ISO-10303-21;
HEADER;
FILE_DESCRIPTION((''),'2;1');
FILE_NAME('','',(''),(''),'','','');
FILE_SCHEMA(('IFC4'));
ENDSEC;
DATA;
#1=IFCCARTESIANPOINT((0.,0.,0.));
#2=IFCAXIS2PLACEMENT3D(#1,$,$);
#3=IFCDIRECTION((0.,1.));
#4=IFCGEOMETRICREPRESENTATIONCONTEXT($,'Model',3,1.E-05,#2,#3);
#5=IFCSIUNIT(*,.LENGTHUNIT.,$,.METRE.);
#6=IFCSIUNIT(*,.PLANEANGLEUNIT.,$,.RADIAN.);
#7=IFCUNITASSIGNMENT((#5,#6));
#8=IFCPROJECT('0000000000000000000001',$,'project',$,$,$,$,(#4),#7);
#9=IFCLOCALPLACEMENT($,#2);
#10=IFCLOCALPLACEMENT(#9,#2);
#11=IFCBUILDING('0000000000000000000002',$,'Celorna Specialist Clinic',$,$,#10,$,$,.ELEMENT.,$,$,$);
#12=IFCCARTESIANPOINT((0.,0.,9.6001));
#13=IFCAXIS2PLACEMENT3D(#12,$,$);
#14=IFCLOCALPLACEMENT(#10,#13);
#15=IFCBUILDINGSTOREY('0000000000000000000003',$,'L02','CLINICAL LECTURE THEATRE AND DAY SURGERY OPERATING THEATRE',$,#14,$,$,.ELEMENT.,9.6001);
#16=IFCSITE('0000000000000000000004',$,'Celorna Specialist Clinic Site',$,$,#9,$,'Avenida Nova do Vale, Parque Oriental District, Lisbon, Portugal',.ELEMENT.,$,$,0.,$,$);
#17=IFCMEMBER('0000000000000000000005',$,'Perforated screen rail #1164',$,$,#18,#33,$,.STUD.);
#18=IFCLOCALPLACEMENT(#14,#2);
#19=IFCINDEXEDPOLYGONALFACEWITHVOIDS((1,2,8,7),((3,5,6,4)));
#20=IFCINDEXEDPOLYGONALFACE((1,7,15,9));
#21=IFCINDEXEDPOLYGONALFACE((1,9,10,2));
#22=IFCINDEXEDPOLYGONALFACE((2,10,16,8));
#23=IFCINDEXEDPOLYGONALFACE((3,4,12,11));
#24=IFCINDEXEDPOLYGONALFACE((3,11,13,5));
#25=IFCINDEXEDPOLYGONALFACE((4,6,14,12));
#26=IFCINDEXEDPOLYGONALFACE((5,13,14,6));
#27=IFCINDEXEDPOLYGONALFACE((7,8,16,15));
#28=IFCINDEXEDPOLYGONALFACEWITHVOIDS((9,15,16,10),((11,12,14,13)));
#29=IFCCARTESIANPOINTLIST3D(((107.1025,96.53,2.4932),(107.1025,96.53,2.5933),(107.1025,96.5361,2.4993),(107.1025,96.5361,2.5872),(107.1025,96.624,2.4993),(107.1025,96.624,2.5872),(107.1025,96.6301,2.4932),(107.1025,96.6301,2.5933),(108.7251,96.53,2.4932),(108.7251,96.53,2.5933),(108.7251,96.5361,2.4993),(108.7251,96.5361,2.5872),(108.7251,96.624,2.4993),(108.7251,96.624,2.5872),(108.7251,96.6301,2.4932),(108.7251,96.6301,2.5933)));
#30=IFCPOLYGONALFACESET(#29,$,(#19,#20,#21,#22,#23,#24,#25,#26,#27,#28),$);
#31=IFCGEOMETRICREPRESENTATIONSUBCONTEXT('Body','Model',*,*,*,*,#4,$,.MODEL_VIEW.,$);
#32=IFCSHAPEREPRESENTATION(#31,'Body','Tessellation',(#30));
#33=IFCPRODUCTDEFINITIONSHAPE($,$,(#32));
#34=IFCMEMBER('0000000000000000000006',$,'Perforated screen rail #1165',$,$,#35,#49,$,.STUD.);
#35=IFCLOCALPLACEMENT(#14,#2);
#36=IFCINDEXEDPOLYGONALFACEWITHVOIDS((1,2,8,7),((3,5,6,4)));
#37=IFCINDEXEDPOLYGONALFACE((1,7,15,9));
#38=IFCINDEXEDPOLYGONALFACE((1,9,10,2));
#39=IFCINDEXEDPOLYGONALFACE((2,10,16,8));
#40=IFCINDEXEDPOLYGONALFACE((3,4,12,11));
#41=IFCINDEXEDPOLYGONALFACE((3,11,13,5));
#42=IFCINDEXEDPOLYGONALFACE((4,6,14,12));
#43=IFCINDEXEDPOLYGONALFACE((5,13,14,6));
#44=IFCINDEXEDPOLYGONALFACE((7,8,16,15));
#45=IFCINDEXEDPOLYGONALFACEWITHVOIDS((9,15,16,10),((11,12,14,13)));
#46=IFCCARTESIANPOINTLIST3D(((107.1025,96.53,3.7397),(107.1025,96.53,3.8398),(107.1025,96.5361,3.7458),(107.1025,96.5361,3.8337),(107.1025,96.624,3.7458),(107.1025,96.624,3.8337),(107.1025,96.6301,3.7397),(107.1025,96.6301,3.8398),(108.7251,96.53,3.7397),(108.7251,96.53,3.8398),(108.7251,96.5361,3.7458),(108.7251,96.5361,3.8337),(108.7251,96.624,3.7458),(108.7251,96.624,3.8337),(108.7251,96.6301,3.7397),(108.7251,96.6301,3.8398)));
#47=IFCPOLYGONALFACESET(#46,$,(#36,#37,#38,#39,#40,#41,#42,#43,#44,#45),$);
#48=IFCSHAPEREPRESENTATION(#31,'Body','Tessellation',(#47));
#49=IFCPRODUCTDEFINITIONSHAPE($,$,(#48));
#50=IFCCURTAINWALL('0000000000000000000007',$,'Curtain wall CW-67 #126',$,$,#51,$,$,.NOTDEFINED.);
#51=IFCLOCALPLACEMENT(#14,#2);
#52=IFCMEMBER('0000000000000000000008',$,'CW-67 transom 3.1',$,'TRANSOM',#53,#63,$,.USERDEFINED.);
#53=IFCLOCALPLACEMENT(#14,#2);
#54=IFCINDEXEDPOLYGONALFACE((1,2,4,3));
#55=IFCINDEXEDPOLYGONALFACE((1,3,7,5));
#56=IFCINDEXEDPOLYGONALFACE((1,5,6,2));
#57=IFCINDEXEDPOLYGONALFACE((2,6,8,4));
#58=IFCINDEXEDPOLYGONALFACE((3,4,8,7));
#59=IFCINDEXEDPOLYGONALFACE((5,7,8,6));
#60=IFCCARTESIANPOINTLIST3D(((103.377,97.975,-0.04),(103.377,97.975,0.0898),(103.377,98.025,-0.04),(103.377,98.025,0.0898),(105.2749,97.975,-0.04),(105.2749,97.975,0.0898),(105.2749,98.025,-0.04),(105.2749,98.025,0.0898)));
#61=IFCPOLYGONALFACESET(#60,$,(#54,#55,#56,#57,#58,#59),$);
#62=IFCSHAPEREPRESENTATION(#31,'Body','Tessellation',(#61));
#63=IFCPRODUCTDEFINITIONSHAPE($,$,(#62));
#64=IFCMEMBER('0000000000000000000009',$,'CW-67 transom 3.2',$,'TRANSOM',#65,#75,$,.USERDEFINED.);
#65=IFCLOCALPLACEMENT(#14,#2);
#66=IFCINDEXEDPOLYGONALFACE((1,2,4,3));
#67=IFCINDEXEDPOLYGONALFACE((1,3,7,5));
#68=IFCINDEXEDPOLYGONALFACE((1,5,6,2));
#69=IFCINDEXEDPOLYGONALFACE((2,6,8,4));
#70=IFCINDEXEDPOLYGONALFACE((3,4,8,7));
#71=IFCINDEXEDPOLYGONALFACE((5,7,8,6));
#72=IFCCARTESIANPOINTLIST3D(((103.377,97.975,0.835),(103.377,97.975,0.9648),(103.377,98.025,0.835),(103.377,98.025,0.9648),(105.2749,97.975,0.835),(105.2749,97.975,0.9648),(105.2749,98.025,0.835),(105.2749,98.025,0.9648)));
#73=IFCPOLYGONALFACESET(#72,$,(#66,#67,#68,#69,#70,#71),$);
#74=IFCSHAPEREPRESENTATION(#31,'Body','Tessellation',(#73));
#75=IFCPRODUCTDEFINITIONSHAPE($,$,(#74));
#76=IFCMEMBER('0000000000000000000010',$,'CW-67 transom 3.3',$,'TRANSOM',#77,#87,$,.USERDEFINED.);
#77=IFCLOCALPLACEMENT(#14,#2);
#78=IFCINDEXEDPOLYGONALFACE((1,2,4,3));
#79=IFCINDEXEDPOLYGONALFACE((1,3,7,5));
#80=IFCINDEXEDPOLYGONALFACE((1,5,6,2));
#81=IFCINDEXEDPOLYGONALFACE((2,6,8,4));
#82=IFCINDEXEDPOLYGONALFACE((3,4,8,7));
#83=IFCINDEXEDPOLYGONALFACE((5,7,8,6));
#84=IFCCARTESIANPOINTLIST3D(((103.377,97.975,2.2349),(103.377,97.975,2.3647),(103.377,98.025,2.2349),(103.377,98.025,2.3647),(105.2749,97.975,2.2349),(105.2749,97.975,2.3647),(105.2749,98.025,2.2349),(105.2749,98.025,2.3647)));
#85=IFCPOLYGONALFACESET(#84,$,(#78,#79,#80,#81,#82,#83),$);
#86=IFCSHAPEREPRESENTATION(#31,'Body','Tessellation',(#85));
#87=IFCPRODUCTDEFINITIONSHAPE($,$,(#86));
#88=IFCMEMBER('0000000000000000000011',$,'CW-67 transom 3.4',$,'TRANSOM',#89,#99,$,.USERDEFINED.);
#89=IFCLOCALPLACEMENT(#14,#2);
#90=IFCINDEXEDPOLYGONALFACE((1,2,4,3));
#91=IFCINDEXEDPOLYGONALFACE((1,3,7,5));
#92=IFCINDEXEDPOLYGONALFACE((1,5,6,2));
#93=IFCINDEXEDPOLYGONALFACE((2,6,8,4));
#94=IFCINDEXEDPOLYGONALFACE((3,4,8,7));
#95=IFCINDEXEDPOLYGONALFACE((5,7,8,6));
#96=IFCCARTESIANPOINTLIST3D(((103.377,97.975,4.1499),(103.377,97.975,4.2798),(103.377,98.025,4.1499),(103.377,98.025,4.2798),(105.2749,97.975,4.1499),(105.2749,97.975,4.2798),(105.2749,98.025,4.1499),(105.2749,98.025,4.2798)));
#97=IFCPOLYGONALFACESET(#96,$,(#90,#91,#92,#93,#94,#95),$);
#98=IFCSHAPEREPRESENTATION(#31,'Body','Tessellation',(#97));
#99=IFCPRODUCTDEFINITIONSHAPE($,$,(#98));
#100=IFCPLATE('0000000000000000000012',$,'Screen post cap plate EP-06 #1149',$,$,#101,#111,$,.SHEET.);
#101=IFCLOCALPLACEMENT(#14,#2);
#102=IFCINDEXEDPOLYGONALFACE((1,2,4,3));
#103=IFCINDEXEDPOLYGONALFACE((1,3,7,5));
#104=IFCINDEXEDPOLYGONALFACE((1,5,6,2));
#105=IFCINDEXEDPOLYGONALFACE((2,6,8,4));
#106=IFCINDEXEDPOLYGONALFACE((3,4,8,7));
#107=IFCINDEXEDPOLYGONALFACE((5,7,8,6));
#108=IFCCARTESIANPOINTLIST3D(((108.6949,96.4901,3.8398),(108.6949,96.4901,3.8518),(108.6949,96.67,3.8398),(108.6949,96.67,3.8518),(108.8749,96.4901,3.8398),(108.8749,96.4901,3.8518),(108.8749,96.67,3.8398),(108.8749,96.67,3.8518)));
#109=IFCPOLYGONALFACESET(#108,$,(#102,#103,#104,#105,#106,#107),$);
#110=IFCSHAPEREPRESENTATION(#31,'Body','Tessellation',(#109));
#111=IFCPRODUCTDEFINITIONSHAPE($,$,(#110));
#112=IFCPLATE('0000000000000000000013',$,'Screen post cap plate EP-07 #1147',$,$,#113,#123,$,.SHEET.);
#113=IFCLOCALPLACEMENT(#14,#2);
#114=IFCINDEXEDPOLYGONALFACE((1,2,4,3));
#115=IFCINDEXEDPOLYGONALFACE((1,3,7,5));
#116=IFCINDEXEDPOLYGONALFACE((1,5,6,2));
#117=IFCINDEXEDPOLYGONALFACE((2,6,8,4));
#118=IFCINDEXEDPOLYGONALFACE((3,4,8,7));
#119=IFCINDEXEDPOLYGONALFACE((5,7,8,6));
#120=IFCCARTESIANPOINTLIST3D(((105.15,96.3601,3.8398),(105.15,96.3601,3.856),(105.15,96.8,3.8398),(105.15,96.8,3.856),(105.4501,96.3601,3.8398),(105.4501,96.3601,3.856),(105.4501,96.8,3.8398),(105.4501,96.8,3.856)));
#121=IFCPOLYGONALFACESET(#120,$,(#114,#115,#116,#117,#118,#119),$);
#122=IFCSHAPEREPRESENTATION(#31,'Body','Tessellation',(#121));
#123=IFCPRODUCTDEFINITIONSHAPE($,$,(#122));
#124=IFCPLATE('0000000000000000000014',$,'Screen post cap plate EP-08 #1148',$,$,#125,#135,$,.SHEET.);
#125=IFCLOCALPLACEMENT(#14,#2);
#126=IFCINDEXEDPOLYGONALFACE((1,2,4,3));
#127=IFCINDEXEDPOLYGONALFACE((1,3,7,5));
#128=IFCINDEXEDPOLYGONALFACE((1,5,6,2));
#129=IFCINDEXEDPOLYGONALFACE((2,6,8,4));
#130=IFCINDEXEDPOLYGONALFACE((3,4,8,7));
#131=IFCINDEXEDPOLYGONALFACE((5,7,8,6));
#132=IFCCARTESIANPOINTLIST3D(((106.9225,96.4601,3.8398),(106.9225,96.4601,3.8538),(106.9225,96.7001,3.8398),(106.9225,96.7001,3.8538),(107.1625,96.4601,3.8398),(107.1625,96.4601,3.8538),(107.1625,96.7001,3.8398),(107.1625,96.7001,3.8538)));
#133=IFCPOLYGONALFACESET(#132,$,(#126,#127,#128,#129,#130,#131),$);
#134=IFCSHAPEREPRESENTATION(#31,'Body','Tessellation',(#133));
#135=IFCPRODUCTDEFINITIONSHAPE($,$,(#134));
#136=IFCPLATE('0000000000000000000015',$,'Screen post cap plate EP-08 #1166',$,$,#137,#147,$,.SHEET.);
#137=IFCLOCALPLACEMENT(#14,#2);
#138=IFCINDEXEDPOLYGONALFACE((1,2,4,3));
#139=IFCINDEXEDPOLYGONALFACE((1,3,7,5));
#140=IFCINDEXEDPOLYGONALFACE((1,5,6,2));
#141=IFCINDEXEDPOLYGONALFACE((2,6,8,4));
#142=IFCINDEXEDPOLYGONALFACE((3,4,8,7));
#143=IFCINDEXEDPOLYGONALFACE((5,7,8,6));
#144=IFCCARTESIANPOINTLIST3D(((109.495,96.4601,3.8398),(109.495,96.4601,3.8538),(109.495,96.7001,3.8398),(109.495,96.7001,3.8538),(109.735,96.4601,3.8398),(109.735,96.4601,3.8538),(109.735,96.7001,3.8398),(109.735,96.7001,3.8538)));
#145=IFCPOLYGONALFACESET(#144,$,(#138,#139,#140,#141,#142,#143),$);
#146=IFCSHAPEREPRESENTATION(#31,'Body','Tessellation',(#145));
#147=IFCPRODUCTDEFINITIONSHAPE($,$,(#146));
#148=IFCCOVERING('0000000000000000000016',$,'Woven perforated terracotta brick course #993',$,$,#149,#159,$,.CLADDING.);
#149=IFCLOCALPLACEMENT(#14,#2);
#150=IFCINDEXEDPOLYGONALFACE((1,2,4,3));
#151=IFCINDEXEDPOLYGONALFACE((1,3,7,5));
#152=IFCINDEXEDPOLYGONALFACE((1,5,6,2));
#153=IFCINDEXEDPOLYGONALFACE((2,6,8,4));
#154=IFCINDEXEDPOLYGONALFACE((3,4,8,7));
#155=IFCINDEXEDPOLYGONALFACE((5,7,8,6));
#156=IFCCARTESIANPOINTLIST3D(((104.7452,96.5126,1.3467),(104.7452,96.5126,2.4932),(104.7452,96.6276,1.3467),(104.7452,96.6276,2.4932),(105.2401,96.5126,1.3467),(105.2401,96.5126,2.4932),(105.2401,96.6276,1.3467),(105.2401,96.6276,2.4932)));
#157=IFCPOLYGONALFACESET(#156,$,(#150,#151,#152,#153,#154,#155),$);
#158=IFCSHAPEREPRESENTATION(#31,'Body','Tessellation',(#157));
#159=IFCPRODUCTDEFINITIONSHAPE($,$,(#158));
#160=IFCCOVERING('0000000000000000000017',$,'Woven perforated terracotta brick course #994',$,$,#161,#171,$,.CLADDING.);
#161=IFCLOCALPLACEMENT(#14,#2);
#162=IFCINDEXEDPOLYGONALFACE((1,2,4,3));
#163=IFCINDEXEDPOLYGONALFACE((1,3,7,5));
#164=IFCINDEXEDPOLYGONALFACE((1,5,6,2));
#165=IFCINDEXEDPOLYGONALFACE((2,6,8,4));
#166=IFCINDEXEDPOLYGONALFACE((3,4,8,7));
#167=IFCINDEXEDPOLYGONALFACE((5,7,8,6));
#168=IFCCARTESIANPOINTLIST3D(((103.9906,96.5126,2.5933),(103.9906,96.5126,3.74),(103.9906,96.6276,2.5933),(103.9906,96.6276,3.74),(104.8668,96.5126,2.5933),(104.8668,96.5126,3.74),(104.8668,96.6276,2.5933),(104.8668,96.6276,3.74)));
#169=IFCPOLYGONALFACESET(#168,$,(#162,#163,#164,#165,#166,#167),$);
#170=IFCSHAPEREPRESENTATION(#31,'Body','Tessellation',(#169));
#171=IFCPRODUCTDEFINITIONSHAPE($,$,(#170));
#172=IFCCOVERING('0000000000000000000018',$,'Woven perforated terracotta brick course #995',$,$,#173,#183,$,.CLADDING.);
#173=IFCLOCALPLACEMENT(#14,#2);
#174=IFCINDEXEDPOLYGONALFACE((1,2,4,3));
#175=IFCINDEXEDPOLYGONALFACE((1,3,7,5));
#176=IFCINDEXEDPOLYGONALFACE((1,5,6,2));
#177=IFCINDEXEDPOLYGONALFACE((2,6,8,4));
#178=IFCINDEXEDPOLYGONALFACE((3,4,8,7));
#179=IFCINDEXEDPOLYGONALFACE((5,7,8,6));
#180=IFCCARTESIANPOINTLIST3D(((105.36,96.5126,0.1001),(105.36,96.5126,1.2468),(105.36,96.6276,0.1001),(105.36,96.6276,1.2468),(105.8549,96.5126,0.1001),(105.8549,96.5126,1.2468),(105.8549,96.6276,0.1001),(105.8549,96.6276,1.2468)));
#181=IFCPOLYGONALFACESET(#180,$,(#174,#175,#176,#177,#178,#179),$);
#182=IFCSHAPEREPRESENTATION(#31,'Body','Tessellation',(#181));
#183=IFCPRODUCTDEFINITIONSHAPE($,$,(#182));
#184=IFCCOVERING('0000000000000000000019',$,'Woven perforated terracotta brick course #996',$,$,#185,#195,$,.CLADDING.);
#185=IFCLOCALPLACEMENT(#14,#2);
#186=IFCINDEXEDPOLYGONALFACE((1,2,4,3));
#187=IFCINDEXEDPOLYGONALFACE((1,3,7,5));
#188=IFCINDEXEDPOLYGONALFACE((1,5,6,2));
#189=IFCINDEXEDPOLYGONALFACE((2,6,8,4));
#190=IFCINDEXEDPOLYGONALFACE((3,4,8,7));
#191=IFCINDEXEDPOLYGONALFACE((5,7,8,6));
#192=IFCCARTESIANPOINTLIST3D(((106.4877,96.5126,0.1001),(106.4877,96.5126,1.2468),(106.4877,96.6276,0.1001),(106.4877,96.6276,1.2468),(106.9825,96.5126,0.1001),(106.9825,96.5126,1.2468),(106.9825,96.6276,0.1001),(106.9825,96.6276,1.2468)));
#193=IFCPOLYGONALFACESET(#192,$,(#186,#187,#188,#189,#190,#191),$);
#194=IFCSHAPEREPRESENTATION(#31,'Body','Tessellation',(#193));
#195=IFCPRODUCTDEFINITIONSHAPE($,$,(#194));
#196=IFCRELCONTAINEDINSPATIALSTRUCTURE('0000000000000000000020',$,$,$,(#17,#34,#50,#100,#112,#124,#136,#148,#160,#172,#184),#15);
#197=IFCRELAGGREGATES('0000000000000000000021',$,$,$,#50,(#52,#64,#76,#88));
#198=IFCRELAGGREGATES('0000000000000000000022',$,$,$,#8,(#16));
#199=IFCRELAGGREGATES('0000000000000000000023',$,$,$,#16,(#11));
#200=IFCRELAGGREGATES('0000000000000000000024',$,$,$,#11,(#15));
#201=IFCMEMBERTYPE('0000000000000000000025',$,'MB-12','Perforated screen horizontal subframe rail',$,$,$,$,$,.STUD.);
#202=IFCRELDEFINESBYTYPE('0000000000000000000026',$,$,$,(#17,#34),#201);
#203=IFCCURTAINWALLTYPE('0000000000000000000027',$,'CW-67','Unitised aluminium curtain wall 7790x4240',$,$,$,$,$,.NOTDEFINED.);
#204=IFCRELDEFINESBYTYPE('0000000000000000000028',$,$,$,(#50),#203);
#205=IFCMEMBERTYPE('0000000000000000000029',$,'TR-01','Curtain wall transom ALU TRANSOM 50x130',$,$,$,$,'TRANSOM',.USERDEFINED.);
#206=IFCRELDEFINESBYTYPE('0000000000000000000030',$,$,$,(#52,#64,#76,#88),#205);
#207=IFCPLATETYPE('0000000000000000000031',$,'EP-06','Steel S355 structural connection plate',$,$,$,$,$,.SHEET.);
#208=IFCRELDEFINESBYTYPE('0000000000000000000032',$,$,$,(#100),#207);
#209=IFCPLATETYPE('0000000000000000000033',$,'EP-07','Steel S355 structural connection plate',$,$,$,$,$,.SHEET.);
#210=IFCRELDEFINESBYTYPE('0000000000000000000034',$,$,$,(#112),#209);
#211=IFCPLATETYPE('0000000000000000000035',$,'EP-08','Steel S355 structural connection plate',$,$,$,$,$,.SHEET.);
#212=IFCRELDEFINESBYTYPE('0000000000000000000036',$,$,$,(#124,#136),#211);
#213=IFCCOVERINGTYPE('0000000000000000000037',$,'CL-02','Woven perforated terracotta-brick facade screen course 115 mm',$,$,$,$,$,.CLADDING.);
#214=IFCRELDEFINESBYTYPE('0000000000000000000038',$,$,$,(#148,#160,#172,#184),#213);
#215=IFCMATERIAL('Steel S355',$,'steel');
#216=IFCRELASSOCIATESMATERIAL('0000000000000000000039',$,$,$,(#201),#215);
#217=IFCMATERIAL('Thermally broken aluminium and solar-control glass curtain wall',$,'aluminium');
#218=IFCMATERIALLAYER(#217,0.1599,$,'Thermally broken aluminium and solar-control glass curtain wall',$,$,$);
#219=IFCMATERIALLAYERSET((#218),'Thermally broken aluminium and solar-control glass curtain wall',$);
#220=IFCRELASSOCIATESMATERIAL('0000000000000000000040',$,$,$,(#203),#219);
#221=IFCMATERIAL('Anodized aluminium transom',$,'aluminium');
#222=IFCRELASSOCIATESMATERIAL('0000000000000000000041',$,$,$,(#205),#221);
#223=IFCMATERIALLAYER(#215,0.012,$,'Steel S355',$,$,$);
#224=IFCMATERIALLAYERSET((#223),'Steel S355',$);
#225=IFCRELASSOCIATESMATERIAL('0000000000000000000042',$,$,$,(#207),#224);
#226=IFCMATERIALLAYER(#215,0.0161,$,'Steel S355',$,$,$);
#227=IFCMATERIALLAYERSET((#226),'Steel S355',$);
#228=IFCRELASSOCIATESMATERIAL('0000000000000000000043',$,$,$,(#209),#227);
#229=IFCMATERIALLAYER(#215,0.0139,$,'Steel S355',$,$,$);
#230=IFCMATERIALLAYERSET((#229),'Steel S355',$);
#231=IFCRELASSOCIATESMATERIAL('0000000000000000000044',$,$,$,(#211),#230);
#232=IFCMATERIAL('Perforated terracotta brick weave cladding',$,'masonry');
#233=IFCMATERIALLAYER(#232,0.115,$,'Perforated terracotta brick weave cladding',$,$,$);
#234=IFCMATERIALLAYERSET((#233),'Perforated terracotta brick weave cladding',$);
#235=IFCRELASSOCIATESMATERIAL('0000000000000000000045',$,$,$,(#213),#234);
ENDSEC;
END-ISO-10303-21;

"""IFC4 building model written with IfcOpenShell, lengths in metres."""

from ifc_helpers import new_model, si_unit, direction, frame, origin, origin_2d, place, context, subcontext, project, spatial, rectangle, hollow_rectangle, extrude, material, layer, layer_set, material_profile, profile_set, type_object, element, aggregate, save


model = new_model("IFC4")

# Units and contexts
model_context = context("Model", 3, precision=1e-05, world=origin(), true_north=direction((0.0, 1.0)))
body_context = subcontext(model_context, "Body", "Model", "MODEL_VIEW")
ifc_project = project(units=[si_unit("LENGTHUNIT", "METRE"), si_unit("PLANEANGLEUNIT", "RADIAN")], contexts=[model_context])

# Site, building, storey
site_placement = place(None, origin())
site = spatial("IfcSite", under=ifc_project, at=site_placement, Name="Celorna Specialist Clinic Site", LongName="Avenida Nova do Vale, Parque Oriental District, Lisbon, Portugal", CompositionType="ELEMENT", RefElevation=0.0)
building_placement = place(site_placement, origin())
building = spatial("IfcBuilding", under=site, at=building_placement, Name="Celorna Specialist Clinic", CompositionType="ELEMENT")
storey_placement = place(building_placement, frame((0.0, 0.0, 9.6001)))
storey = spatial("IfcBuildingStorey", under=building, at=storey_placement, Name="L02", Description="CLINICAL LECTURE THEATRE AND DAY SURGERY OPERATING THEATRE", CompositionType="ELEMENT", Elevation=9.6001)

# Shared definitions
ifc_material_1 = material(Name="Steel S355", Category="steel")

# Members
ifc_material_profile_1 = material_profile(ifc_material_1, hollow_rectangle(XDim=0.1001, YDim=0.1001, WallThickness=0.0061, at=origin_2d()), Name="SHS 100x100x6")
ifc_profile_set_1 = profile_set([ifc_material_profile_1], Name="Steel S355")
member_type_1 = type_object("IfcMemberType", Name="MB-12", Description="Perforated screen horizontal subframe rail", PredefinedType="STUD", material=ifc_profile_set_1)
for number, where, z_axis, x_axis, name in (
    (1, (107.1025, 96.5801, 2.5432), (1.0, 0.0, 0.0), (0.0, 1.0, 0.0), "Perforated screen rail #1164"),
    (2, (107.1025, 96.5801, 3.7898), (1.0, 0.0, 0.0), (0.0, 1.0, 0.0), "Perforated screen rail #1165"),
):
    element("IfcMember", number, at=place(storey_placement, frame(where, z_axis=z_axis, x_axis=x_axis)), inside=storey, type_object=member_type_1, Name=name, PredefinedType="STUD", context=body_context, shape_type="SweptSolid", body=[
        extrude(hollow_rectangle(XDim=0.1001, YDim=0.1001, WallThickness=0.0061, at=origin_2d()), origin(), (0.0, 0.0, 1.0), 1.6226),
    ])

# Curtain wall, members
ifc_material_2 = material(Name="Thermally broken aluminium and solar-control glass curtain wall", Category="aluminium")
ifc_layer_1 = layer(ifc_material_2, 0.1599, Name="Thermally broken aluminium and solar-control glass curtain wall")
ifc_layer_set_1 = layer_set([ifc_layer_1], Name="Thermally broken aluminium and solar-control glass curtain wall")
curtain_wall_type = type_object("IfcCurtainWallType", Name="CW-67", Description="Unitised aluminium curtain wall 7790x4240", PredefinedType="NOTDEFINED", material=ifc_layer_set_1)
curtain_wall_placement = place(storey_placement, origin())
curtain_wall = element("IfcCurtainWall", 3, at=curtain_wall_placement, inside=storey, type_object=curtain_wall_type, Name="Curtain wall CW-67 #126", PredefinedType="NOTDEFINED")
ifc_material_3 = material(Name="Anodized aluminium transom", Category="aluminium")
ifc_material_profile_2 = material_profile(ifc_material_3, rectangle(XDim=0.05, YDim=0.1299, at=origin_2d()), Name="ALU TRANSOM 50x130")
ifc_profile_set_2 = profile_set([ifc_material_profile_2], Name="Anodized aluminium transom")
member_type_2 = type_object("IfcMemberType", Name="TR-01", Description="Curtain wall transom ALU TRANSOM 50x130", ElementType="TRANSOM", PredefinedType="USERDEFINED", material=ifc_profile_set_2)
member_1_placement = place(storey_placement, frame((105.2749, 98.0, 0.0249), z_axis=(-1.0, 0.0, 0.0), x_axis=(0.0, -1.0, 0.0)))
member_1 = element("IfcMember", 4, at=member_1_placement, type_object=member_type_2, Name="CW-67 transom 3.1", ObjectType="TRANSOM", PredefinedType="USERDEFINED", context=body_context, shape_type="SweptSolid", body=[
    extrude(rectangle(XDim=0.05, YDim=0.1299, at=origin_2d()), origin(), (0.0, 0.0, 1.0), 1.8979),
])
member_2_placement = place(storey_placement, frame((105.2749, 98.0, 0.8999), z_axis=(-1.0, 0.0, 0.0), x_axis=(0.0, -1.0, 0.0)))
member_2 = element("IfcMember", 5, at=member_2_placement, type_object=member_type_2, Name="CW-67 transom 3.2", ObjectType="TRANSOM", PredefinedType="USERDEFINED", context=body_context, shape_type="SweptSolid", body=[
    extrude(rectangle(XDim=0.05, YDim=0.1299, at=origin_2d()), origin(), (0.0, 0.0, 1.0), 1.8979),
])
member_3_placement = place(storey_placement, frame((105.2749, 98.0, 2.2998), z_axis=(-1.0, 0.0, 0.0), x_axis=(0.0, -1.0, 0.0)))
member_3 = element("IfcMember", 6, at=member_3_placement, type_object=member_type_2, Name="CW-67 transom 3.3", ObjectType="TRANSOM", PredefinedType="USERDEFINED", context=body_context, shape_type="SweptSolid", body=[
    extrude(rectangle(XDim=0.05, YDim=0.1299, at=origin_2d()), origin(), (0.0, 0.0, 1.0), 1.8979),
])
member_4_placement = place(storey_placement, frame((105.2749, 98.0, 4.2148), z_axis=(-1.0, 0.0, 0.0), x_axis=(0.0, -1.0, 0.0)))
member_4 = element("IfcMember", 7, at=member_4_placement, type_object=member_type_2, Name="CW-67 transom 3.4", ObjectType="TRANSOM", PredefinedType="USERDEFINED", context=body_context, shape_type="SweptSolid", body=[
    extrude(rectangle(XDim=0.05, YDim=0.1299, at=origin_2d()), origin(), (0.0, 0.0, 1.0), 1.8979),
])
aggregate(curtain_wall, [member_1, member_2, member_3, member_4])

# Plates
ifc_layer_2 = layer(ifc_material_1, 0.012, Name="Steel S355")
ifc_layer_set_2 = layer_set([ifc_layer_2], Name="Steel S355")
plate_type_1 = type_object("IfcPlateType", Name="EP-06", Description="Steel S355 structural connection plate", PredefinedType="SHEET", material=ifc_layer_set_2)
plate_1_placement = place(storey_placement, frame((108.7849, 96.5801, 3.8398), z_axis=(0.0, 0.0, 1.0), x_axis=(1.0, 0.0, 0.0)))
element("IfcPlate", 8, at=plate_1_placement, inside=storey, type_object=plate_type_1, Name="Screen post cap plate EP-06 #1149", PredefinedType="SHEET", context=body_context, shape_type="SweptSolid", body=[
    extrude(rectangle(XDim=0.1799, YDim=0.1799, at=origin_2d()), origin(), (0.0, 0.0, 1.0), 0.012),
])
ifc_layer_3 = layer(ifc_material_1, 0.0161, Name="Steel S355")
ifc_layer_set_3 = layer_set([ifc_layer_3], Name="Steel S355")
plate_type_2 = type_object("IfcPlateType", Name="EP-07", Description="Steel S355 structural connection plate", PredefinedType="SHEET", material=ifc_layer_set_3)
plate_2_placement = place(storey_placement, frame((105.3, 96.5801, 3.8398), z_axis=(0.0, 0.0, 1.0), x_axis=(1.0, 0.0, 0.0)))
element("IfcPlate", 9, at=plate_2_placement, inside=storey, type_object=plate_type_2, Name="Screen post cap plate EP-07 #1147", PredefinedType="SHEET", context=body_context, shape_type="SweptSolid", body=[
    extrude(rectangle(XDim=0.3, YDim=0.4399, at=origin_2d()), origin(), (0.0, 0.0, 1.0), 0.0161),
])
ifc_layer_4 = layer(ifc_material_1, 0.0139, Name="Steel S355")
ifc_layer_set_4 = layer_set([ifc_layer_4], Name="Steel S355")
plate_type_3 = type_object("IfcPlateType", Name="EP-08", Description="Steel S355 structural connection plate", PredefinedType="SHEET", material=ifc_layer_set_4)
for number, where, z_axis, x_axis, name in (
    (10, (107.0425, 96.5801, 3.8398), (0.0, 0.0, 1.0), (1.0, 0.0, 0.0), "Screen post cap plate EP-08 #1148"),
    (11, (109.615, 96.5801, 3.8398), (0.0, 0.0, 1.0), (1.0, 0.0, 0.0), "Screen post cap plate EP-08 #1166"),
):
    element("IfcPlate", number, at=place(storey_placement, frame(where, z_axis=z_axis, x_axis=x_axis)), inside=storey, type_object=plate_type_3, Name=name, PredefinedType="SHEET", context=body_context, shape_type="SweptSolid", body=[
        extrude(rectangle(XDim=0.24, YDim=0.24, at=origin_2d()), origin(), (0.0, 0.0, 1.0), 0.0139),
    ])

# Coverings
ifc_material_4 = material(Name="Perforated terracotta brick weave cladding", Category="masonry")
ifc_layer_5 = layer(ifc_material_4, 0.115, Name="Perforated terracotta brick weave cladding")
ifc_layer_set_5 = layer_set([ifc_layer_5], Name="Perforated terracotta brick weave cladding")
covering_type = type_object("IfcCoveringType", Name="CL-02", Description="Woven perforated terracotta-brick facade screen course 115 mm", PredefinedType="CLADDING", material=ifc_layer_set_5)
covering_1_placement = place(storey_placement, frame((104.9927, 96.5701, 1.3467), z_axis=(0.0, 0.0, 1.0), x_axis=(1.0, 0.0, 0.0)))
element("IfcCovering", 12, at=covering_1_placement, inside=storey, type_object=covering_type, Name="Woven perforated terracotta brick course #993", PredefinedType="CLADDING", context=body_context, shape_type="SweptSolid", body=[
    extrude(rectangle(XDim=0.4949, YDim=0.115, at=origin_2d()), origin(), (0.0, 0.0, 1.0), 1.1465),
])
covering_2_placement = place(storey_placement, frame((104.4287, 96.5701, 2.5933), z_axis=(0.0, 0.0, 1.0), x_axis=(1.0, 0.0, 0.0)))
element("IfcCovering", 13, at=covering_2_placement, inside=storey, type_object=covering_type, Name="Woven perforated terracotta brick course #994", PredefinedType="CLADDING", context=body_context, shape_type="SweptSolid", body=[
    extrude(rectangle(XDim=0.8762, YDim=0.115, at=origin_2d()), origin(), (0.0, 0.0, 1.0), 1.1467),
])
for number, where, z_axis, x_axis, name in (
    (14, (105.6074, 96.5701, 0.1001), (0.0, 0.0, 1.0), (1.0, 0.0, 0.0), "Woven perforated terracotta brick course #995"),
    (15, (106.7351, 96.5701, 0.1001), (0.0, 0.0, 1.0), (1.0, 0.0, 0.0), "Woven perforated terracotta brick course #996"),
):
    element("IfcCovering", number, at=place(storey_placement, frame(where, z_axis=z_axis, x_axis=x_axis)), inside=storey, type_object=covering_type, Name=name, PredefinedType="CLADDING", context=body_context, shape_type="SweptSolid", body=[
        extrude(rectangle(XDim=0.4949, YDim=0.115, at=origin_2d()), origin(), (0.0, 0.0, 1.0), 1.1467),
    ])

save(model, "model.ifc")
